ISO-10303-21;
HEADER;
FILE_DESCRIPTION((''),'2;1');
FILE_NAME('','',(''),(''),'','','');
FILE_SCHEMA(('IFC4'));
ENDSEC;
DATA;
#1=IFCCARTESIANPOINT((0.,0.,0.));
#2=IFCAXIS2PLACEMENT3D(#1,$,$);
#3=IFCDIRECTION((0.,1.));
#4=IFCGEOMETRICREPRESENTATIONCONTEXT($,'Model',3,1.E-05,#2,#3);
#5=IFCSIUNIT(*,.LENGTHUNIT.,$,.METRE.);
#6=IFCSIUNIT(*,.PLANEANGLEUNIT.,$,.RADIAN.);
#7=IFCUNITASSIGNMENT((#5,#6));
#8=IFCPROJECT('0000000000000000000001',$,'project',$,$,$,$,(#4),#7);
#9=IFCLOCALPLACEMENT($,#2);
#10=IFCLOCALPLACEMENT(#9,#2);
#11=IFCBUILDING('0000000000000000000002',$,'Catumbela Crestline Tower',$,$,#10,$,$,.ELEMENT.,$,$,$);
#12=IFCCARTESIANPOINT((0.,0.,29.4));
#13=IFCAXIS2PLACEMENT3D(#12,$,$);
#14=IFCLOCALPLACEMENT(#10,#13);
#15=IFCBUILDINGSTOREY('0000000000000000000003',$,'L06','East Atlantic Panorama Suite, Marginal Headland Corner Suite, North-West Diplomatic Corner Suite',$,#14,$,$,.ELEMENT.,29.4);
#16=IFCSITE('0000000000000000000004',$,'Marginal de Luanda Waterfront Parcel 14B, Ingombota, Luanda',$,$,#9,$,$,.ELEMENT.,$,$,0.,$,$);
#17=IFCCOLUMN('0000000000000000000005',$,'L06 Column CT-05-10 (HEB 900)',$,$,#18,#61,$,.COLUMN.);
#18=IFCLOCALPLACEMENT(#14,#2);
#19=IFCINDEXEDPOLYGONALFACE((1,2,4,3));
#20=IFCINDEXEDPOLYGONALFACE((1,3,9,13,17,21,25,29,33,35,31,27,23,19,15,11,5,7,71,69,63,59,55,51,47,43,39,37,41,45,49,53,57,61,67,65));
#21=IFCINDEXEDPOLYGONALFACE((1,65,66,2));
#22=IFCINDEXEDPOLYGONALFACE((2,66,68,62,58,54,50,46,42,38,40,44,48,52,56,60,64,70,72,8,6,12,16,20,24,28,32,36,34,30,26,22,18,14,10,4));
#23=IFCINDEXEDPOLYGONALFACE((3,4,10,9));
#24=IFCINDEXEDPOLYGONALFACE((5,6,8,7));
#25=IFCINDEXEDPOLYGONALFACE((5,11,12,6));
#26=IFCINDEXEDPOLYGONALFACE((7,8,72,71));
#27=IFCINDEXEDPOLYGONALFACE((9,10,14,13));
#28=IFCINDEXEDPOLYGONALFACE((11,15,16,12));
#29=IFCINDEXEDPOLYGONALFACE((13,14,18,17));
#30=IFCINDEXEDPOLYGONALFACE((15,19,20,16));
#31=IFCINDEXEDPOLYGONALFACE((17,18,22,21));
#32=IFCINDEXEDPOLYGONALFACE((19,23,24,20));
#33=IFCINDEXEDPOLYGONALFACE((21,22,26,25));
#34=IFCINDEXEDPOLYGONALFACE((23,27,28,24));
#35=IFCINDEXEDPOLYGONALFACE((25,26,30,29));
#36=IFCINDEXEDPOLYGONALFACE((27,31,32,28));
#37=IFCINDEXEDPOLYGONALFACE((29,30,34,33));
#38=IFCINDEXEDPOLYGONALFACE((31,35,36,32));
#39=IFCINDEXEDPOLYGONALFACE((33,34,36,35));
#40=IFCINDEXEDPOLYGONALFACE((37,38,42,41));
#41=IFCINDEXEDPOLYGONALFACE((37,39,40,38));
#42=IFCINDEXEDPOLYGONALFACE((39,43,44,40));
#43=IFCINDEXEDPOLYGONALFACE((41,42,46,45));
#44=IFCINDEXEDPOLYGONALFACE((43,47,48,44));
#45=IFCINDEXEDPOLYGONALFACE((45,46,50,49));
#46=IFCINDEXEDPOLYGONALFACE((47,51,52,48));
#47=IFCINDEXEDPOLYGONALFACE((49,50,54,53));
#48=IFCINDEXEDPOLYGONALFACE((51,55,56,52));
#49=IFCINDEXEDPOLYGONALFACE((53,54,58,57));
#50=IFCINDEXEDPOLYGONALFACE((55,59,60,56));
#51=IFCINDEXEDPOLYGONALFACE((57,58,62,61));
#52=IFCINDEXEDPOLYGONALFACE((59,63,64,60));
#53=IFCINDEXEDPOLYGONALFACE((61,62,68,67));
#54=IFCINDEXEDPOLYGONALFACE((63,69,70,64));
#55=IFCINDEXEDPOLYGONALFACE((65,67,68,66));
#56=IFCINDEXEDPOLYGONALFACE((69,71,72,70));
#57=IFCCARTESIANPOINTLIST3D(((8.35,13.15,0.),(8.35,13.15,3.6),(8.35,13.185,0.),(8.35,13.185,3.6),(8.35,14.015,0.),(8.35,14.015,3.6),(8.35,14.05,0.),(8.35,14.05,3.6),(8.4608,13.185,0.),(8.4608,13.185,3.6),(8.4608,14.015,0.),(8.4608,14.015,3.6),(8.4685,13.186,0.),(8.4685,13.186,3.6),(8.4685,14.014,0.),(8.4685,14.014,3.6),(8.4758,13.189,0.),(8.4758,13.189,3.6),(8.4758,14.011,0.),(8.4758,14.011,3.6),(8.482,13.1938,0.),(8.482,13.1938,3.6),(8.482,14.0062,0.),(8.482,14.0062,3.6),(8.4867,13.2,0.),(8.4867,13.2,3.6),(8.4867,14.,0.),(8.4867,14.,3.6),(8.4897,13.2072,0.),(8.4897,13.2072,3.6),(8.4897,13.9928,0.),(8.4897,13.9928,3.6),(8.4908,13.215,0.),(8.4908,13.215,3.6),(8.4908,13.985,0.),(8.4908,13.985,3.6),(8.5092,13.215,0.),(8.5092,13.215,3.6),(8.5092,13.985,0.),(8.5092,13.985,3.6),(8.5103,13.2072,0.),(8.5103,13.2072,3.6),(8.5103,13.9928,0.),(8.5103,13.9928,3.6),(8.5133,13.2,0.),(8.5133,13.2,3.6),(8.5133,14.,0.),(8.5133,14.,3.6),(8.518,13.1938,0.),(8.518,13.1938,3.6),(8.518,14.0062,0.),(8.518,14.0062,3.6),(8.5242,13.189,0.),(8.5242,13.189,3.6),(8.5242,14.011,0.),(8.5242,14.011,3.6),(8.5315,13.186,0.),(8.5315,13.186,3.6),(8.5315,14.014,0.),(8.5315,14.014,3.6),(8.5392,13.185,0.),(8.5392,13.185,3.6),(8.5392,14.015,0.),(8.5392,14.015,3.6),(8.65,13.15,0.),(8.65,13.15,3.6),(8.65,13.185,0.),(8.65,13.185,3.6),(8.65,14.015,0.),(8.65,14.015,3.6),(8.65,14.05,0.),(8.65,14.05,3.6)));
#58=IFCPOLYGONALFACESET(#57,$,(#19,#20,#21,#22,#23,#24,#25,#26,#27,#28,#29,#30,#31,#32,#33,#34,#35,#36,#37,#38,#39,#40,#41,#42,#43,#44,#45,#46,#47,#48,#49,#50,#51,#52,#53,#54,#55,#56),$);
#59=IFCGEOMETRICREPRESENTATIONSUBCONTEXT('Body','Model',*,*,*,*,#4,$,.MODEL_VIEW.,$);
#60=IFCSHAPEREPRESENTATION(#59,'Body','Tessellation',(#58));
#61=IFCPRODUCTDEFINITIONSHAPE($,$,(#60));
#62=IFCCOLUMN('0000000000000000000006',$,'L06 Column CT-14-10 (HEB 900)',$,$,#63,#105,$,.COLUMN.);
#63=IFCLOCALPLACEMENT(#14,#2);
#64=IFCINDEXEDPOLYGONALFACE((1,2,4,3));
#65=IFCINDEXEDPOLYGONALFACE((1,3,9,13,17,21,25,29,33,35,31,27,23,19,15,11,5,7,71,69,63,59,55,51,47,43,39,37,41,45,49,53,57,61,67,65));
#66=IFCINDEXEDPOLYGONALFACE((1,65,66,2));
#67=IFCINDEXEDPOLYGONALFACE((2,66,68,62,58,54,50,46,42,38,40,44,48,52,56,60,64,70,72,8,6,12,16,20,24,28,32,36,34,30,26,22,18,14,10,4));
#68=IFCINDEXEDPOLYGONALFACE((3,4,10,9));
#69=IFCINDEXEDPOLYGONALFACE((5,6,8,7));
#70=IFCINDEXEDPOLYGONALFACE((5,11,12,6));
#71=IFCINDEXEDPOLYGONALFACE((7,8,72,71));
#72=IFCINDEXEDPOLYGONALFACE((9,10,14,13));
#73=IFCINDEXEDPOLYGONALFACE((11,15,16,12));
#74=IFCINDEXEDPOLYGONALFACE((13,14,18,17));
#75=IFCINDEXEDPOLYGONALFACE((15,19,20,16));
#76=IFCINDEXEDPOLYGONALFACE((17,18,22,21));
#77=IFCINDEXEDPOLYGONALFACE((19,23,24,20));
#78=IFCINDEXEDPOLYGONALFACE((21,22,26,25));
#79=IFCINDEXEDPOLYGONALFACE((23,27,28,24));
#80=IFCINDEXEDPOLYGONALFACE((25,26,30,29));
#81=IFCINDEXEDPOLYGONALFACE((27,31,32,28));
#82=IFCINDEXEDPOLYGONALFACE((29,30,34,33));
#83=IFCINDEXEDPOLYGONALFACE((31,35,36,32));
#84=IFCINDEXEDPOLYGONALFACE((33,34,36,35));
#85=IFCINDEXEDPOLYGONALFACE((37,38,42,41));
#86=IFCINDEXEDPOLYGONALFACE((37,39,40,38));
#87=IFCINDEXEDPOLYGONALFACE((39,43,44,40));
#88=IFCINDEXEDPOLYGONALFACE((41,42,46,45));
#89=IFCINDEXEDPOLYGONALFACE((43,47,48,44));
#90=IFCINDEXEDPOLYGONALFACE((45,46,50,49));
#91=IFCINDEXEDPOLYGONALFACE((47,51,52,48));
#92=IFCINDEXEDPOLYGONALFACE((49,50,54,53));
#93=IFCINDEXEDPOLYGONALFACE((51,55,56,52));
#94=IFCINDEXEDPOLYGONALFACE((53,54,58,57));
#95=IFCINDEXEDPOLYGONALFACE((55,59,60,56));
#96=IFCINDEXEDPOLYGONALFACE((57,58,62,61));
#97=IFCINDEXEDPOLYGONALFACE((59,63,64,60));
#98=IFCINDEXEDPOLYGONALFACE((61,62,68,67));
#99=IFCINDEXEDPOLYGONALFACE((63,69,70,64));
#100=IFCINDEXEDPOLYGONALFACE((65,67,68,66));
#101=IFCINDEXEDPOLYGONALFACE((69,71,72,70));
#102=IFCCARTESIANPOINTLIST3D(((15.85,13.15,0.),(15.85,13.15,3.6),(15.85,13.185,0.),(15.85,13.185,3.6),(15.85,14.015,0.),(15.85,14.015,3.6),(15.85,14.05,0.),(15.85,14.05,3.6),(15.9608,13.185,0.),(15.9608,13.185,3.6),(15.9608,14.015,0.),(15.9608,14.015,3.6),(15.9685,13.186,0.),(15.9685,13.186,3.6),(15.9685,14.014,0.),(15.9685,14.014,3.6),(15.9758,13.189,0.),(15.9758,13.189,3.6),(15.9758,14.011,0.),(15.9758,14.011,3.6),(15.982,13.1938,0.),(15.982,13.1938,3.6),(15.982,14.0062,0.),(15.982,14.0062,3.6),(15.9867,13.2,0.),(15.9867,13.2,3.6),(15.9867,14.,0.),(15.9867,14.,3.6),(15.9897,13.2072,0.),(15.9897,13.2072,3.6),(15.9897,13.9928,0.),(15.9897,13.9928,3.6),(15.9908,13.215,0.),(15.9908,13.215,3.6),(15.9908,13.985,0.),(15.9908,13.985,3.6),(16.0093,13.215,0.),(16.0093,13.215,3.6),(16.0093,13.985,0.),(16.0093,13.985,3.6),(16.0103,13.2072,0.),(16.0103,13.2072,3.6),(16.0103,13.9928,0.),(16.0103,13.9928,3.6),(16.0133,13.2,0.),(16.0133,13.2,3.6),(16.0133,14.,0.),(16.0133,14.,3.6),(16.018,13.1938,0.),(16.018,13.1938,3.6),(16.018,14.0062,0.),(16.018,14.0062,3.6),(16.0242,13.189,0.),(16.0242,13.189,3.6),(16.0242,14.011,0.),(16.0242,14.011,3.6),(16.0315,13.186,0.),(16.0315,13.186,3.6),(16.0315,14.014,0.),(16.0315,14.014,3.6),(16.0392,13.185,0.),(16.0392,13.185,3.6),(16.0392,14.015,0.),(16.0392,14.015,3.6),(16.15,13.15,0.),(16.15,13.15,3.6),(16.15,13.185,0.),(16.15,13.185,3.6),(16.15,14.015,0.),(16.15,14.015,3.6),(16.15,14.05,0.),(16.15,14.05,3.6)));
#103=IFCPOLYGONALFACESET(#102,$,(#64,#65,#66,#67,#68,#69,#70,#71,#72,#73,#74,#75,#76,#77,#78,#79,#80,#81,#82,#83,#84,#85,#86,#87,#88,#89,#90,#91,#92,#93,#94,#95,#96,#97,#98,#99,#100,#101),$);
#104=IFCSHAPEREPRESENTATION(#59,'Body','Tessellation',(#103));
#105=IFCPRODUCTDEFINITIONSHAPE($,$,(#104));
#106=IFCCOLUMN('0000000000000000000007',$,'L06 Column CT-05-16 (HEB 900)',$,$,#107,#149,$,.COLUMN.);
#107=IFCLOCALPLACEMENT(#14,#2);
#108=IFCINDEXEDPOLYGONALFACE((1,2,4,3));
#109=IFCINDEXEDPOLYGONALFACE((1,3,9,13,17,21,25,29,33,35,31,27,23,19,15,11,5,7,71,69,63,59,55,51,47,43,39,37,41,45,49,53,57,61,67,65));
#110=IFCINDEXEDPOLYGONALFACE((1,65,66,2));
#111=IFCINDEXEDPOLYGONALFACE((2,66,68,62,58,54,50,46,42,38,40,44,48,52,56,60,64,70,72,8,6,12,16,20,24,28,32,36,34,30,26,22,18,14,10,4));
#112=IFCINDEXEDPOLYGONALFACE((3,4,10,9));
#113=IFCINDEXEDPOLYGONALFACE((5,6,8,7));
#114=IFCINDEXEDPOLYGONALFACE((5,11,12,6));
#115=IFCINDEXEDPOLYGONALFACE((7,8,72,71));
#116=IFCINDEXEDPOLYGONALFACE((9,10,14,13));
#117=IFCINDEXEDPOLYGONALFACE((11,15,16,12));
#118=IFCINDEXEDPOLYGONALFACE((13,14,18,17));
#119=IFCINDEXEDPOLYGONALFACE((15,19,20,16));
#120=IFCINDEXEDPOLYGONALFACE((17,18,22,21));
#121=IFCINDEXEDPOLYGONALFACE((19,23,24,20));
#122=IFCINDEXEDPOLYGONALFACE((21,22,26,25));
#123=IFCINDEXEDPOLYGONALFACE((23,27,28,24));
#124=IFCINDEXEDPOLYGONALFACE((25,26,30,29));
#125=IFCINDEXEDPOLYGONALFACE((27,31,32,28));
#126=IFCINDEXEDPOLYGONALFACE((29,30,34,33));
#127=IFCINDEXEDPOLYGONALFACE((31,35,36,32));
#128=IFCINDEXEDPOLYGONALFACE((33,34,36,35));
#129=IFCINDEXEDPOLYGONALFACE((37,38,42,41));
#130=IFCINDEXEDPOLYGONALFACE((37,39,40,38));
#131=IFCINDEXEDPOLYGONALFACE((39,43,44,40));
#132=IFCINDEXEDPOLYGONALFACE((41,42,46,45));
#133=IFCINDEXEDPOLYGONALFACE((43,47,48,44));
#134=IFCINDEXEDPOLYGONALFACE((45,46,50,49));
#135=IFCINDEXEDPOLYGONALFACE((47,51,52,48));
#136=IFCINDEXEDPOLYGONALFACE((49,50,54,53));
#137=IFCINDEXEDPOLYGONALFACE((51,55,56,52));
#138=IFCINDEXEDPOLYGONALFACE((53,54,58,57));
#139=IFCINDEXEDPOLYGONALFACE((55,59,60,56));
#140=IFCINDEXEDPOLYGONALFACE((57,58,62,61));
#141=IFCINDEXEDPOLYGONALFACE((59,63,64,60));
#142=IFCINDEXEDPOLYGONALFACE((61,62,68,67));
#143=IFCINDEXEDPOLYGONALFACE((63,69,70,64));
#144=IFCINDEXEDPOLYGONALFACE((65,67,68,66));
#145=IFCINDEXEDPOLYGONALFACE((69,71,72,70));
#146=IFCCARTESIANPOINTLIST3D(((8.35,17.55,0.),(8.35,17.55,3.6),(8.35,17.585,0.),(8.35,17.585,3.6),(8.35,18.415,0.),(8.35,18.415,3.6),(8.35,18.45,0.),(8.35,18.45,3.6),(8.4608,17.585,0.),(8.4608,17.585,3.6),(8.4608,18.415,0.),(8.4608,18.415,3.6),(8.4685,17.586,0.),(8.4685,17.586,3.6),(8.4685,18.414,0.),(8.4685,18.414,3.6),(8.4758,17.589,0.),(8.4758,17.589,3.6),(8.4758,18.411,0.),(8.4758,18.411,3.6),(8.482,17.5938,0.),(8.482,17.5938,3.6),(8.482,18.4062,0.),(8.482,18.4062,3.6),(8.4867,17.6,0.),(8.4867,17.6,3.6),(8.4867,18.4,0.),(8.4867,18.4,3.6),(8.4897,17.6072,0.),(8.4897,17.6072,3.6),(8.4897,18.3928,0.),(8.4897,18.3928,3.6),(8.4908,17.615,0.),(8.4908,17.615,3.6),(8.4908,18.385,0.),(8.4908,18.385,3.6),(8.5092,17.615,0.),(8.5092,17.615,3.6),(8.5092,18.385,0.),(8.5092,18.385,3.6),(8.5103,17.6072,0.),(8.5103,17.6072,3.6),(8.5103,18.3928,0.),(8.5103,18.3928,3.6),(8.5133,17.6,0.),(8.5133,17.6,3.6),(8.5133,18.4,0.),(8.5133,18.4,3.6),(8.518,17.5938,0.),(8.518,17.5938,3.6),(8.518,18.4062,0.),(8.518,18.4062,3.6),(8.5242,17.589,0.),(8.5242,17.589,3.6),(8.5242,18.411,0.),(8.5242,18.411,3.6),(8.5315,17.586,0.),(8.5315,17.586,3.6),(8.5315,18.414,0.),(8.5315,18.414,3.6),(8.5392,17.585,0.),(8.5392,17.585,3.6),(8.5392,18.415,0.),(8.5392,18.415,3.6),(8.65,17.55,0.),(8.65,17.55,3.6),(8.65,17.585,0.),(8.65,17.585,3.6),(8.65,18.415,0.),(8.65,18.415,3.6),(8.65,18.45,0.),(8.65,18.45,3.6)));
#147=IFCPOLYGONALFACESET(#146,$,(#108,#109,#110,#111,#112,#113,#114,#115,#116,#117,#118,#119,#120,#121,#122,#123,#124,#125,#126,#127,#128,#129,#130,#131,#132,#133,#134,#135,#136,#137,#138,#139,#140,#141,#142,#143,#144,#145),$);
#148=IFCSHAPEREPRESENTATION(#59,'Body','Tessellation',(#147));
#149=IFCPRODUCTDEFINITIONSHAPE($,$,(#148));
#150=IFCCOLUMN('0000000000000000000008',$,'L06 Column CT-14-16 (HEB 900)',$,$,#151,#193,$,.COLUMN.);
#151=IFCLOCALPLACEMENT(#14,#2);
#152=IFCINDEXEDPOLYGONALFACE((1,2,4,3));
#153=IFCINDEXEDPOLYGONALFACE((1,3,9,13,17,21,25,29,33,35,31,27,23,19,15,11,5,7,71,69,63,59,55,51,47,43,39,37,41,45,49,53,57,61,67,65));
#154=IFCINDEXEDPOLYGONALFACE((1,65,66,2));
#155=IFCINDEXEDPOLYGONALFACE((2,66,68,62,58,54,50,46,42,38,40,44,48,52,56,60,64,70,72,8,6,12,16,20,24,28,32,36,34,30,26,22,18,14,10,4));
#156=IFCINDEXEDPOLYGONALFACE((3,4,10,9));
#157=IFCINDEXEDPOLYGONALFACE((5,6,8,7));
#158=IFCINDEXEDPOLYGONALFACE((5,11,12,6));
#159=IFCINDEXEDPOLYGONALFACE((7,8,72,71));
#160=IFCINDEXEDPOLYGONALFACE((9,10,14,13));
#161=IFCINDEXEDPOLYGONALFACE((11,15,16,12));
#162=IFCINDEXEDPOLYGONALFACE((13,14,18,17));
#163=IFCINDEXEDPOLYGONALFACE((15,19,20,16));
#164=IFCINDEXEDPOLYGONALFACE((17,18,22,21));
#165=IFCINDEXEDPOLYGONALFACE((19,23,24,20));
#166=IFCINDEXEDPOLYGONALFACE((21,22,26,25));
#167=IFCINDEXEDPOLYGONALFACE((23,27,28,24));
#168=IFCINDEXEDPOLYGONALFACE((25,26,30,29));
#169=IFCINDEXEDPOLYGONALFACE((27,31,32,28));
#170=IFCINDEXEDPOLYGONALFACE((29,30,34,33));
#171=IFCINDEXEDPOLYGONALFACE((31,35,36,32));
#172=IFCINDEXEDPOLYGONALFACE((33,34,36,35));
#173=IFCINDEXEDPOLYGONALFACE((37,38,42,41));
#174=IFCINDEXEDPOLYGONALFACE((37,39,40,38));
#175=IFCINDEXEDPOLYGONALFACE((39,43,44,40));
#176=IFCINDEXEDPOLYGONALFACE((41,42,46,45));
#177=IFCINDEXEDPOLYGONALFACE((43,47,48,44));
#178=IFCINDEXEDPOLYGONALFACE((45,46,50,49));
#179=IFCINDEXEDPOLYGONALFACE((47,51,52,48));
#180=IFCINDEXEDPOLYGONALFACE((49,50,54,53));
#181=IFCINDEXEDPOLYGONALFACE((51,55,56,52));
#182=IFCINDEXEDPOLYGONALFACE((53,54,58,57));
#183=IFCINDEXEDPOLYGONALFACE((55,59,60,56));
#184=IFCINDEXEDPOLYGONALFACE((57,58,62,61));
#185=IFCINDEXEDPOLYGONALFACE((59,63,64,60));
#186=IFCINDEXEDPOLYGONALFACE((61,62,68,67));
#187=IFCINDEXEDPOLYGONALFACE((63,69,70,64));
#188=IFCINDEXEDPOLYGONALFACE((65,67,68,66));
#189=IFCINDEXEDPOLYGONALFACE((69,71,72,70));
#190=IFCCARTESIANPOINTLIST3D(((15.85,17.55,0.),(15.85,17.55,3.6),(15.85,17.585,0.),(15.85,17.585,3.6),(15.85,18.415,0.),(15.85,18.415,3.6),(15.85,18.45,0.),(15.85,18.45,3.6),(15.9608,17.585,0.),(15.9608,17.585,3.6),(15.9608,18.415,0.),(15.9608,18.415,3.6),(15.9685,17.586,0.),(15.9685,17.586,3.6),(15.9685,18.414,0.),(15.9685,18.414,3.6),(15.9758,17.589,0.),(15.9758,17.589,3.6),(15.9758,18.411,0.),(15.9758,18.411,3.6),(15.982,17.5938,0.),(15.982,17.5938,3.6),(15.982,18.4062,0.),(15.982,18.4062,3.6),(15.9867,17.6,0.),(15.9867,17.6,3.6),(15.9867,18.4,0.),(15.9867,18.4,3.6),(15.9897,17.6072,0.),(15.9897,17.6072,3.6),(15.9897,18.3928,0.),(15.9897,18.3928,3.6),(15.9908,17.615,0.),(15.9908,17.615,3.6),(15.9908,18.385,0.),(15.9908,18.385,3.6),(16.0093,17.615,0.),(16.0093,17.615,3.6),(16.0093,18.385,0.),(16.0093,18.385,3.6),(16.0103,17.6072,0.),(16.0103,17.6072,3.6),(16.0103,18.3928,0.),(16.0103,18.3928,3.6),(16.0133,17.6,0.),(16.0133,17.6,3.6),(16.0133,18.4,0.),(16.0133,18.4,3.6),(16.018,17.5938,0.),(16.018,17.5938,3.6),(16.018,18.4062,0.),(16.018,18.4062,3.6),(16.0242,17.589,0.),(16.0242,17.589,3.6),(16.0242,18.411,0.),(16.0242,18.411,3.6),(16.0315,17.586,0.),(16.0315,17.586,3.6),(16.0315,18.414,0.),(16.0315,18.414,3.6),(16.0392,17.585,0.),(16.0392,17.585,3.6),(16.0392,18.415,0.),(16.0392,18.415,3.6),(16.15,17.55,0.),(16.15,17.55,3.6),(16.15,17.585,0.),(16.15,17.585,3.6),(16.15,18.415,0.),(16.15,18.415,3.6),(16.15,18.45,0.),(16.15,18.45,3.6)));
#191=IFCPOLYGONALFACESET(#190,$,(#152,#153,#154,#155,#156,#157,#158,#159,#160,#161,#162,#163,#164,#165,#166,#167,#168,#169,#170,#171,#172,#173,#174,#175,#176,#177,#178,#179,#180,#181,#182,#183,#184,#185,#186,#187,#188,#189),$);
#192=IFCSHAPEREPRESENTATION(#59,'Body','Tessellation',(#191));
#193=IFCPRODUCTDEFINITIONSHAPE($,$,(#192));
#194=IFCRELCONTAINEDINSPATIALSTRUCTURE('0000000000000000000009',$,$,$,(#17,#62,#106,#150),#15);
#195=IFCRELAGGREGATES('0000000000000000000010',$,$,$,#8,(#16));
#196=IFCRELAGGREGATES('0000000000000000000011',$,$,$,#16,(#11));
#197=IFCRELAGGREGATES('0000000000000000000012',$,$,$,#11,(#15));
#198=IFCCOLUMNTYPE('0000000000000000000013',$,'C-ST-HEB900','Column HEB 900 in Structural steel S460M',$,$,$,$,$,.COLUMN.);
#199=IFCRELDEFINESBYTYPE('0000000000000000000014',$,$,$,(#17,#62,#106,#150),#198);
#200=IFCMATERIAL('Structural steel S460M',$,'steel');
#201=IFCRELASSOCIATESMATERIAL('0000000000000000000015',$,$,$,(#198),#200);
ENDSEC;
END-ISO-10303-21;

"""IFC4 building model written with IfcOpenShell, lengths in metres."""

from ifc_helpers import new_model, si_unit, direction, frame, origin, origin_2d, place, context, subcontext, project, spatial, i_section, extrude, material, material_profile, profile_set, type_object, element, save


model = new_model("IFC4")

# Units and contexts
model_context = context("Model", 3, precision=1e-05, world=origin(), true_north=direction((0.0, 1.0)))
body_context = subcontext(model_context, "Body", "Model", "MODEL_VIEW")
ifc_project = project(units=[si_unit("LENGTHUNIT", "METRE"), si_unit("PLANEANGLEUNIT", "RADIAN")], contexts=[model_context])

# Site, building, storey
site_placement = place(None, origin())
site = spatial("IfcSite", under=ifc_project, at=site_placement, Name="Marginal de Luanda Waterfront Parcel 14B, Ingombota, Luanda", CompositionType="ELEMENT", RefElevation=0.0)
building_placement = place(site_placement, origin())
building = spatial("IfcBuilding", under=site, at=building_placement, Name="Catumbela Crestline Tower", CompositionType="ELEMENT")
storey_placement = place(building_placement, frame((0.0, 0.0, 29.4)))
storey = spatial("IfcBuildingStorey", under=building, at=storey_placement, Name="L06", Description="East Atlantic Panorama Suite, Marginal Headland Corner Suite, North-West Diplomatic Corner Suite", CompositionType="ELEMENT", Elevation=29.4)

# Columns
ifc_material_1 = material(Name="Structural steel S460M", Category="steel")
ifc_material_profile_1 = material_profile(ifc_material_1, i_section(OverallWidth=0.3, OverallDepth=0.9, WebThickness=0.0185, FlangeThickness=0.035, FilletRadius=0.03, at=origin_2d()), Name="HEB 900")
ifc_profile_set_1 = profile_set([ifc_material_profile_1], Name="Structural steel S460M")
column_type = type_object("IfcColumnType", Name="C-ST-HEB900", Description="Column HEB 900 in Structural steel S460M", PredefinedType="COLUMN", material=ifc_profile_set_1)
for number, where, z_axis, x_axis, name in (
    (1, (8.5, 13.6, 0.0), (0.0, 0.0, 1.0), (1.0, 0.0, 0.0), "L06 Column CT-05-10 (HEB 900)"),
    (2, (16.0, 13.6, 0.0), (0.0, 0.0, 1.0), (1.0, 0.0, 0.0), "L06 Column CT-14-10 (HEB 900)"),
    (3, (8.5, 18.0, 0.0), (0.0, 0.0, 1.0), (1.0, 0.0, 0.0), "L06 Column CT-05-16 (HEB 900)"),
    (4, (16.0, 18.0, 0.0), (0.0, 0.0, 1.0), (1.0, 0.0, 0.0), "L06 Column CT-14-16 (HEB 900)"),
):
    element("IfcColumn", number, at=place(storey_placement, frame(where, z_axis=z_axis, x_axis=x_axis)), inside=storey, type_object=column_type, Name=name, PredefinedType="COLUMN", context=body_context, shape_type="SweptSolid", body=[
        extrude(i_section(OverallWidth=0.3, OverallDepth=0.9, WebThickness=0.0185, FlangeThickness=0.035, FilletRadius=0.03, at=origin_2d()), origin(), (0.0, 0.0, 1.0), 3.6),
    ])

save(model, "model.ifc")
